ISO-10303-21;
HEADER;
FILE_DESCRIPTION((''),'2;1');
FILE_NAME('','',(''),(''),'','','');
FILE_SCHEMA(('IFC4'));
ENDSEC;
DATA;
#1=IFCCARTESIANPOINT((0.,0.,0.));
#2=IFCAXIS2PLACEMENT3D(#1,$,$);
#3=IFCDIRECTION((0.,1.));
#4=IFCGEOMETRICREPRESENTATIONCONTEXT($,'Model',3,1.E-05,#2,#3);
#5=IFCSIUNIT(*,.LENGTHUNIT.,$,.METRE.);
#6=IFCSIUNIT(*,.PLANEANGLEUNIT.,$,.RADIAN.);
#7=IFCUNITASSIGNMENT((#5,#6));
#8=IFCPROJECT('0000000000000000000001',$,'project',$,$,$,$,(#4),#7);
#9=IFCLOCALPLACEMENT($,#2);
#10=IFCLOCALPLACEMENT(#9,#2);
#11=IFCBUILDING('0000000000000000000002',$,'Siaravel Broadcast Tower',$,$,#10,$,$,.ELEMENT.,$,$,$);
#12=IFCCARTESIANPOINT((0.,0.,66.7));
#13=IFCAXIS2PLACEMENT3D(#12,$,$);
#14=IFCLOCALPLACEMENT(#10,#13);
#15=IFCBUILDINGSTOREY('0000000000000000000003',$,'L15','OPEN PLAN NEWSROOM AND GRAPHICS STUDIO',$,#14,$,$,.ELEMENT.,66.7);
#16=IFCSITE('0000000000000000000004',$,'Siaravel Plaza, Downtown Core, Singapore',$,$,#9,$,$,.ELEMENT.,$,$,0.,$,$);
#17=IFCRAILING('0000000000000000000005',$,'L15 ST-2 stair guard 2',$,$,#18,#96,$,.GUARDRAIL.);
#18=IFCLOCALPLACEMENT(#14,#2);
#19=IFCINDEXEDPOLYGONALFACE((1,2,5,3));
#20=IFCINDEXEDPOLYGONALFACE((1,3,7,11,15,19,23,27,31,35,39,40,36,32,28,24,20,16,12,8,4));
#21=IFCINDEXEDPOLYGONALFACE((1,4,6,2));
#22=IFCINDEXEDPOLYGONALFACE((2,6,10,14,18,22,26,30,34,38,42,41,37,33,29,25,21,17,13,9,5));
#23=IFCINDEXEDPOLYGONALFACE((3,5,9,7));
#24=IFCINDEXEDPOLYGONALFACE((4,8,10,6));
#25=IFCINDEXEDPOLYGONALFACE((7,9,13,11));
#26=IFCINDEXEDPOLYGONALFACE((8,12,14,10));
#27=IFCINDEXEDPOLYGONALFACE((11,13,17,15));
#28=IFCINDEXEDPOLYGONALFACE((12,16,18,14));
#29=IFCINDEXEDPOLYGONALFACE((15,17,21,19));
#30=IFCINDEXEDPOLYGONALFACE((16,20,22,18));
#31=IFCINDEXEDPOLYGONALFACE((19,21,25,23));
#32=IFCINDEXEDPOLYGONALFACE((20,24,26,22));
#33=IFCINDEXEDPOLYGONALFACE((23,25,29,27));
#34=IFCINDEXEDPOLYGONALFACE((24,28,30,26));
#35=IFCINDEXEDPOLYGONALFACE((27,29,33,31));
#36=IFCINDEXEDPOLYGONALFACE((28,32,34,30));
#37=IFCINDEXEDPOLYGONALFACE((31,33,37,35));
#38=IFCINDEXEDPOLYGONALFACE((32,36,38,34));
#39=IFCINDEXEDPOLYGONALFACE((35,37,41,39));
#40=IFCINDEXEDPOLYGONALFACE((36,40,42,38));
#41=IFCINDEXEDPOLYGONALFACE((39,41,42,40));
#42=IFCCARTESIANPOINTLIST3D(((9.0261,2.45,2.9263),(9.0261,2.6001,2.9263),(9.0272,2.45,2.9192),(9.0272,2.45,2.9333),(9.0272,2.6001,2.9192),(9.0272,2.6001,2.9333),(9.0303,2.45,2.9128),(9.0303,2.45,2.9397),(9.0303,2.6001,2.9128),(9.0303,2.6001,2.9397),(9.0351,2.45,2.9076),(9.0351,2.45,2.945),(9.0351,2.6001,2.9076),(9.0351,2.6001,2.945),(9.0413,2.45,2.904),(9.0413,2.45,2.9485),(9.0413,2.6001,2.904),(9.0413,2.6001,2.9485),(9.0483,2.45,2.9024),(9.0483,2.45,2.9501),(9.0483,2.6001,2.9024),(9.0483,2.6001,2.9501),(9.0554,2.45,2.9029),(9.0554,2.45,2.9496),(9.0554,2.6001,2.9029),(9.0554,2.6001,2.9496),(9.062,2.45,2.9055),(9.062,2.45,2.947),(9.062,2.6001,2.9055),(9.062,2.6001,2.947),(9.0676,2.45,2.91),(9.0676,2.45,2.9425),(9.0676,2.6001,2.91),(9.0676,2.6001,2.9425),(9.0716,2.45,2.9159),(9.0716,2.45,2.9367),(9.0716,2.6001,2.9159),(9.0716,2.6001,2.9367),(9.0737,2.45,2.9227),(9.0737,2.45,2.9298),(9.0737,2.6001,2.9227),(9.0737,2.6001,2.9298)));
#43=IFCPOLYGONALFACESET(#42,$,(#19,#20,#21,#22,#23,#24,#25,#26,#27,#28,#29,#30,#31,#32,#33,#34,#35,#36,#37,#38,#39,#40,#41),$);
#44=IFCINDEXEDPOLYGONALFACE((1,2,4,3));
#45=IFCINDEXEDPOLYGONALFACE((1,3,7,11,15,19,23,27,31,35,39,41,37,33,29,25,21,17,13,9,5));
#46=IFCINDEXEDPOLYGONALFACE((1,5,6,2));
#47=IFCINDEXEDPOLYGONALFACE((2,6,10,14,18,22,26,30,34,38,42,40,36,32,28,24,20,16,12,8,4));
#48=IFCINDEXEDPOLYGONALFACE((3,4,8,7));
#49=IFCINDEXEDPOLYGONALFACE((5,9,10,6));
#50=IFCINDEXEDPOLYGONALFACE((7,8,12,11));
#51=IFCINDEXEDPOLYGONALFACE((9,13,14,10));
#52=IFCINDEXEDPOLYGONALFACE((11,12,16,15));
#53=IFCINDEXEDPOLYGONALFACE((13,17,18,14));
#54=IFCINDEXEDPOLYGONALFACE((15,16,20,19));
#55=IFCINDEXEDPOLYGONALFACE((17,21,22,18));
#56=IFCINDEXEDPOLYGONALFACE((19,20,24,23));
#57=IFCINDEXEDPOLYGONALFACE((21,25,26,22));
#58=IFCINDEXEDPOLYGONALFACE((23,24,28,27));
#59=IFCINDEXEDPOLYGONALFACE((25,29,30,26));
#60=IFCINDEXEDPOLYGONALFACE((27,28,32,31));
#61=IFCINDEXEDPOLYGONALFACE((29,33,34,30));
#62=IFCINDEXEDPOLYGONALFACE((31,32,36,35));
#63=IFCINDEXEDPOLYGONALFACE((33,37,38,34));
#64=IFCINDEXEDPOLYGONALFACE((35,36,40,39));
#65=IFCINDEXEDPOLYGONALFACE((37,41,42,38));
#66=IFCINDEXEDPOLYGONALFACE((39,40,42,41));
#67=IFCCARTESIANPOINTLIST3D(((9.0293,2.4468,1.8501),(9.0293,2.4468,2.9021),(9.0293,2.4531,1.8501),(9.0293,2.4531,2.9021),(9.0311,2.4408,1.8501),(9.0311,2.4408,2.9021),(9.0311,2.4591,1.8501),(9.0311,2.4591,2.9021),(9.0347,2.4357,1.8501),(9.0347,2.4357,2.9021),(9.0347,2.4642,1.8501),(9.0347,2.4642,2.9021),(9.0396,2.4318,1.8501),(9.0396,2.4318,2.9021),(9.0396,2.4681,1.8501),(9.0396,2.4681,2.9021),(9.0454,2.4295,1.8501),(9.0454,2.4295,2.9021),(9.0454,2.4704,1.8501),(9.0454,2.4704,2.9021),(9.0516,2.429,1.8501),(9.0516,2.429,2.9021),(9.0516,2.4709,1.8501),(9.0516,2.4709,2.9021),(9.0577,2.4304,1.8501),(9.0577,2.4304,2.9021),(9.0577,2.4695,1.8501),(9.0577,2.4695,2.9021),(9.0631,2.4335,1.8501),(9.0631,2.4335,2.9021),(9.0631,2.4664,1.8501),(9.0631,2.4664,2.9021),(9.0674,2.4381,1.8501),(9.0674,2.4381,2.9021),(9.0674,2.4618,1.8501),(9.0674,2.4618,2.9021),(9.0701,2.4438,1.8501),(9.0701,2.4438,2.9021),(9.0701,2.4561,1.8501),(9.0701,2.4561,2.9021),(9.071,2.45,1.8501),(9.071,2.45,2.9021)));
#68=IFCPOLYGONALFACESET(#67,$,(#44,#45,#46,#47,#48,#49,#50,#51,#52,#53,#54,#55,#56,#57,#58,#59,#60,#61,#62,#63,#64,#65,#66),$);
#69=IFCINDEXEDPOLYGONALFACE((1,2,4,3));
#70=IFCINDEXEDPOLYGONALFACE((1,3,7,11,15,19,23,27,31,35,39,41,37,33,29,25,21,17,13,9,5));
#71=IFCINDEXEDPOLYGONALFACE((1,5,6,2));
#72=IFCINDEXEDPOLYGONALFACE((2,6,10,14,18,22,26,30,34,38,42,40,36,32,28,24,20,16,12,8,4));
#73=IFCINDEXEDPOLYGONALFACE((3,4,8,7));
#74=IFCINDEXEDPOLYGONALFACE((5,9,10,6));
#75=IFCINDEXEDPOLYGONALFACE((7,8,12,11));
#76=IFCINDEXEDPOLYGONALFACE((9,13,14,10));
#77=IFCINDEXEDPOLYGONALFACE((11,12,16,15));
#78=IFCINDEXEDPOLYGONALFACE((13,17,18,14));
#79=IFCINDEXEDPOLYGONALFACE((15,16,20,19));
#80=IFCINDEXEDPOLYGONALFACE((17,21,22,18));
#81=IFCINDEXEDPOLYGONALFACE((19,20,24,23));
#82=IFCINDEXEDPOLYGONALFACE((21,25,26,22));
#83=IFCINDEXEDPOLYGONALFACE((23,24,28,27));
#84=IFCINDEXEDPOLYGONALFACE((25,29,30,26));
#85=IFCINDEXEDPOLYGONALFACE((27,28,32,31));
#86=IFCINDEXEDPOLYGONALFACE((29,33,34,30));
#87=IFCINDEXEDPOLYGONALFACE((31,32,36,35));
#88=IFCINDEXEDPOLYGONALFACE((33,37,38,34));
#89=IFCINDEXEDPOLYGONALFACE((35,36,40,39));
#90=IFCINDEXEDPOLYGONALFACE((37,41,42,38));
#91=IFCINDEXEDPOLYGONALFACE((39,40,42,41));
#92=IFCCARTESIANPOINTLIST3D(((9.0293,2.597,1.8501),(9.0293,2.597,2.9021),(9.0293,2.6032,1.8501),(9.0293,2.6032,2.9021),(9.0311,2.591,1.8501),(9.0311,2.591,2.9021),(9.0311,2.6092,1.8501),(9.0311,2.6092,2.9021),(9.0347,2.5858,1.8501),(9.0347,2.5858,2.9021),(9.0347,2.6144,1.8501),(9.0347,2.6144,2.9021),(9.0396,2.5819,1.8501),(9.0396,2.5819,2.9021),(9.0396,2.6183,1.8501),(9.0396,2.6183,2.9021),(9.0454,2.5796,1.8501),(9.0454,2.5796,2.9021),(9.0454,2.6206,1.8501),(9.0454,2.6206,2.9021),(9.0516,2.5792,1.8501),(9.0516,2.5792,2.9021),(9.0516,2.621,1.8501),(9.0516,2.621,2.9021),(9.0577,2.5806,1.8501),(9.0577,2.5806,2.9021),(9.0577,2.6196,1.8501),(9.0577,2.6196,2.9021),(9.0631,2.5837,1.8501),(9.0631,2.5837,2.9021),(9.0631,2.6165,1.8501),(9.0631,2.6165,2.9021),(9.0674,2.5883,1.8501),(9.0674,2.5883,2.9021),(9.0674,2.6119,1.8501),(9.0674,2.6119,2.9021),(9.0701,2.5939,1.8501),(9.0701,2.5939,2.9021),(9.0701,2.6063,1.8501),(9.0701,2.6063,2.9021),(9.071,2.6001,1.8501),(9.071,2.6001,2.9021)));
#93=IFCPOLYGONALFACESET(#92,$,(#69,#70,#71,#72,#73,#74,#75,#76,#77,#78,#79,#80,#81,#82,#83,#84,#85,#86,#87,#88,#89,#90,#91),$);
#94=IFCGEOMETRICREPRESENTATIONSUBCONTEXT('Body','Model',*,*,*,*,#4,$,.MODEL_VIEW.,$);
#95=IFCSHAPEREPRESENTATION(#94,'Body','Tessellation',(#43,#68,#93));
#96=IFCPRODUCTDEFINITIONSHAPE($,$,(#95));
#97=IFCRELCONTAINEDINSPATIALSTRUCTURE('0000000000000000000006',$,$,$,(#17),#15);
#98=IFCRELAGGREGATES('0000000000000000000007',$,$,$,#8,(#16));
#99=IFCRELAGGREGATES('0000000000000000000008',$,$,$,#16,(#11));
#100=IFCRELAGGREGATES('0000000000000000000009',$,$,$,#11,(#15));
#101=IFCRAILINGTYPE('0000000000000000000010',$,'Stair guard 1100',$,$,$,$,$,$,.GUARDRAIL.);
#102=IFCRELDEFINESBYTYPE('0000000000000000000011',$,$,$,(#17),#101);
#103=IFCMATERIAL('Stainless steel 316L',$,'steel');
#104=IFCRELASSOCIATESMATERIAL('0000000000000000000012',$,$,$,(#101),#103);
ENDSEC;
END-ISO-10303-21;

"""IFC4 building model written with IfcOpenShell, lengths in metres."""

from ifc_helpers import new_model, si_unit, direction, frame, origin, origin_2d, place, context, subcontext, project, spatial, circle, extrude, material, type_object, element, save


model = new_model("IFC4")

# Units and contexts
model_context = context("Model", 3, precision=1e-05, world=origin(), true_north=direction((0.0, 1.0)))
body_context = subcontext(model_context, "Body", "Model", "MODEL_VIEW")
ifc_project = project(units=[si_unit("LENGTHUNIT", "METRE"), si_unit("PLANEANGLEUNIT", "RADIAN")], contexts=[model_context])

# Site, building, storey
site_placement = place(None, origin())
site = spatial("IfcSite", under=ifc_project, at=site_placement, Name="Siaravel Plaza, Downtown Core, Singapore", CompositionType="ELEMENT", RefElevation=0.0)
building_placement = place(site_placement, origin())
building = spatial("IfcBuilding", under=site, at=building_placement, Name="Siaravel Broadcast Tower", CompositionType="ELEMENT")
storey_placement = place(building_placement, frame((0.0, 0.0, 66.7)))
storey = spatial("IfcBuildingStorey", under=building, at=storey_placement, Name="L15", Description="OPEN PLAN NEWSROOM AND GRAPHICS STUDIO", CompositionType="ELEMENT", Elevation=66.7)

# Railing
ifc_material_1 = material(Name="Stainless steel 316L", Category="steel")
railing_type_1 = type_object("IfcRailingType", Name="Stair guard 1100", PredefinedType="GUARDRAIL", material=ifc_material_1)
railing_1_placement = place(storey_placement, frame((9.05, 2.45, 1.8501)))
element("IfcRailing", 1, at=railing_1_placement, inside=storey, type_object=railing_type_1, Name="L15 ST-2 stair guard 2", PredefinedType="GUARDRAIL", context=body_context, shape_type="SweptSolid", body=[
    extrude(circle(Radius=0.0239, at=origin_2d()), frame((0.0, 0.0, 1.0762), z_axis=(0.0, 1.0, 0.0), x_axis=(-1.0, 0.0, 0.0)), (0.0, 0.0, 1.0), 0.1501),
    extrude(circle(Radius=0.021, at=origin_2d()), origin(), (0.0, 0.0, 1.0), 1.052),
    extrude(circle(Radius=0.021, at=origin_2d()), frame((0.0, 0.1501, 0.0)), (0.0, 0.0, 1.0), 1.052),
])

save(model, "model.ifc")
